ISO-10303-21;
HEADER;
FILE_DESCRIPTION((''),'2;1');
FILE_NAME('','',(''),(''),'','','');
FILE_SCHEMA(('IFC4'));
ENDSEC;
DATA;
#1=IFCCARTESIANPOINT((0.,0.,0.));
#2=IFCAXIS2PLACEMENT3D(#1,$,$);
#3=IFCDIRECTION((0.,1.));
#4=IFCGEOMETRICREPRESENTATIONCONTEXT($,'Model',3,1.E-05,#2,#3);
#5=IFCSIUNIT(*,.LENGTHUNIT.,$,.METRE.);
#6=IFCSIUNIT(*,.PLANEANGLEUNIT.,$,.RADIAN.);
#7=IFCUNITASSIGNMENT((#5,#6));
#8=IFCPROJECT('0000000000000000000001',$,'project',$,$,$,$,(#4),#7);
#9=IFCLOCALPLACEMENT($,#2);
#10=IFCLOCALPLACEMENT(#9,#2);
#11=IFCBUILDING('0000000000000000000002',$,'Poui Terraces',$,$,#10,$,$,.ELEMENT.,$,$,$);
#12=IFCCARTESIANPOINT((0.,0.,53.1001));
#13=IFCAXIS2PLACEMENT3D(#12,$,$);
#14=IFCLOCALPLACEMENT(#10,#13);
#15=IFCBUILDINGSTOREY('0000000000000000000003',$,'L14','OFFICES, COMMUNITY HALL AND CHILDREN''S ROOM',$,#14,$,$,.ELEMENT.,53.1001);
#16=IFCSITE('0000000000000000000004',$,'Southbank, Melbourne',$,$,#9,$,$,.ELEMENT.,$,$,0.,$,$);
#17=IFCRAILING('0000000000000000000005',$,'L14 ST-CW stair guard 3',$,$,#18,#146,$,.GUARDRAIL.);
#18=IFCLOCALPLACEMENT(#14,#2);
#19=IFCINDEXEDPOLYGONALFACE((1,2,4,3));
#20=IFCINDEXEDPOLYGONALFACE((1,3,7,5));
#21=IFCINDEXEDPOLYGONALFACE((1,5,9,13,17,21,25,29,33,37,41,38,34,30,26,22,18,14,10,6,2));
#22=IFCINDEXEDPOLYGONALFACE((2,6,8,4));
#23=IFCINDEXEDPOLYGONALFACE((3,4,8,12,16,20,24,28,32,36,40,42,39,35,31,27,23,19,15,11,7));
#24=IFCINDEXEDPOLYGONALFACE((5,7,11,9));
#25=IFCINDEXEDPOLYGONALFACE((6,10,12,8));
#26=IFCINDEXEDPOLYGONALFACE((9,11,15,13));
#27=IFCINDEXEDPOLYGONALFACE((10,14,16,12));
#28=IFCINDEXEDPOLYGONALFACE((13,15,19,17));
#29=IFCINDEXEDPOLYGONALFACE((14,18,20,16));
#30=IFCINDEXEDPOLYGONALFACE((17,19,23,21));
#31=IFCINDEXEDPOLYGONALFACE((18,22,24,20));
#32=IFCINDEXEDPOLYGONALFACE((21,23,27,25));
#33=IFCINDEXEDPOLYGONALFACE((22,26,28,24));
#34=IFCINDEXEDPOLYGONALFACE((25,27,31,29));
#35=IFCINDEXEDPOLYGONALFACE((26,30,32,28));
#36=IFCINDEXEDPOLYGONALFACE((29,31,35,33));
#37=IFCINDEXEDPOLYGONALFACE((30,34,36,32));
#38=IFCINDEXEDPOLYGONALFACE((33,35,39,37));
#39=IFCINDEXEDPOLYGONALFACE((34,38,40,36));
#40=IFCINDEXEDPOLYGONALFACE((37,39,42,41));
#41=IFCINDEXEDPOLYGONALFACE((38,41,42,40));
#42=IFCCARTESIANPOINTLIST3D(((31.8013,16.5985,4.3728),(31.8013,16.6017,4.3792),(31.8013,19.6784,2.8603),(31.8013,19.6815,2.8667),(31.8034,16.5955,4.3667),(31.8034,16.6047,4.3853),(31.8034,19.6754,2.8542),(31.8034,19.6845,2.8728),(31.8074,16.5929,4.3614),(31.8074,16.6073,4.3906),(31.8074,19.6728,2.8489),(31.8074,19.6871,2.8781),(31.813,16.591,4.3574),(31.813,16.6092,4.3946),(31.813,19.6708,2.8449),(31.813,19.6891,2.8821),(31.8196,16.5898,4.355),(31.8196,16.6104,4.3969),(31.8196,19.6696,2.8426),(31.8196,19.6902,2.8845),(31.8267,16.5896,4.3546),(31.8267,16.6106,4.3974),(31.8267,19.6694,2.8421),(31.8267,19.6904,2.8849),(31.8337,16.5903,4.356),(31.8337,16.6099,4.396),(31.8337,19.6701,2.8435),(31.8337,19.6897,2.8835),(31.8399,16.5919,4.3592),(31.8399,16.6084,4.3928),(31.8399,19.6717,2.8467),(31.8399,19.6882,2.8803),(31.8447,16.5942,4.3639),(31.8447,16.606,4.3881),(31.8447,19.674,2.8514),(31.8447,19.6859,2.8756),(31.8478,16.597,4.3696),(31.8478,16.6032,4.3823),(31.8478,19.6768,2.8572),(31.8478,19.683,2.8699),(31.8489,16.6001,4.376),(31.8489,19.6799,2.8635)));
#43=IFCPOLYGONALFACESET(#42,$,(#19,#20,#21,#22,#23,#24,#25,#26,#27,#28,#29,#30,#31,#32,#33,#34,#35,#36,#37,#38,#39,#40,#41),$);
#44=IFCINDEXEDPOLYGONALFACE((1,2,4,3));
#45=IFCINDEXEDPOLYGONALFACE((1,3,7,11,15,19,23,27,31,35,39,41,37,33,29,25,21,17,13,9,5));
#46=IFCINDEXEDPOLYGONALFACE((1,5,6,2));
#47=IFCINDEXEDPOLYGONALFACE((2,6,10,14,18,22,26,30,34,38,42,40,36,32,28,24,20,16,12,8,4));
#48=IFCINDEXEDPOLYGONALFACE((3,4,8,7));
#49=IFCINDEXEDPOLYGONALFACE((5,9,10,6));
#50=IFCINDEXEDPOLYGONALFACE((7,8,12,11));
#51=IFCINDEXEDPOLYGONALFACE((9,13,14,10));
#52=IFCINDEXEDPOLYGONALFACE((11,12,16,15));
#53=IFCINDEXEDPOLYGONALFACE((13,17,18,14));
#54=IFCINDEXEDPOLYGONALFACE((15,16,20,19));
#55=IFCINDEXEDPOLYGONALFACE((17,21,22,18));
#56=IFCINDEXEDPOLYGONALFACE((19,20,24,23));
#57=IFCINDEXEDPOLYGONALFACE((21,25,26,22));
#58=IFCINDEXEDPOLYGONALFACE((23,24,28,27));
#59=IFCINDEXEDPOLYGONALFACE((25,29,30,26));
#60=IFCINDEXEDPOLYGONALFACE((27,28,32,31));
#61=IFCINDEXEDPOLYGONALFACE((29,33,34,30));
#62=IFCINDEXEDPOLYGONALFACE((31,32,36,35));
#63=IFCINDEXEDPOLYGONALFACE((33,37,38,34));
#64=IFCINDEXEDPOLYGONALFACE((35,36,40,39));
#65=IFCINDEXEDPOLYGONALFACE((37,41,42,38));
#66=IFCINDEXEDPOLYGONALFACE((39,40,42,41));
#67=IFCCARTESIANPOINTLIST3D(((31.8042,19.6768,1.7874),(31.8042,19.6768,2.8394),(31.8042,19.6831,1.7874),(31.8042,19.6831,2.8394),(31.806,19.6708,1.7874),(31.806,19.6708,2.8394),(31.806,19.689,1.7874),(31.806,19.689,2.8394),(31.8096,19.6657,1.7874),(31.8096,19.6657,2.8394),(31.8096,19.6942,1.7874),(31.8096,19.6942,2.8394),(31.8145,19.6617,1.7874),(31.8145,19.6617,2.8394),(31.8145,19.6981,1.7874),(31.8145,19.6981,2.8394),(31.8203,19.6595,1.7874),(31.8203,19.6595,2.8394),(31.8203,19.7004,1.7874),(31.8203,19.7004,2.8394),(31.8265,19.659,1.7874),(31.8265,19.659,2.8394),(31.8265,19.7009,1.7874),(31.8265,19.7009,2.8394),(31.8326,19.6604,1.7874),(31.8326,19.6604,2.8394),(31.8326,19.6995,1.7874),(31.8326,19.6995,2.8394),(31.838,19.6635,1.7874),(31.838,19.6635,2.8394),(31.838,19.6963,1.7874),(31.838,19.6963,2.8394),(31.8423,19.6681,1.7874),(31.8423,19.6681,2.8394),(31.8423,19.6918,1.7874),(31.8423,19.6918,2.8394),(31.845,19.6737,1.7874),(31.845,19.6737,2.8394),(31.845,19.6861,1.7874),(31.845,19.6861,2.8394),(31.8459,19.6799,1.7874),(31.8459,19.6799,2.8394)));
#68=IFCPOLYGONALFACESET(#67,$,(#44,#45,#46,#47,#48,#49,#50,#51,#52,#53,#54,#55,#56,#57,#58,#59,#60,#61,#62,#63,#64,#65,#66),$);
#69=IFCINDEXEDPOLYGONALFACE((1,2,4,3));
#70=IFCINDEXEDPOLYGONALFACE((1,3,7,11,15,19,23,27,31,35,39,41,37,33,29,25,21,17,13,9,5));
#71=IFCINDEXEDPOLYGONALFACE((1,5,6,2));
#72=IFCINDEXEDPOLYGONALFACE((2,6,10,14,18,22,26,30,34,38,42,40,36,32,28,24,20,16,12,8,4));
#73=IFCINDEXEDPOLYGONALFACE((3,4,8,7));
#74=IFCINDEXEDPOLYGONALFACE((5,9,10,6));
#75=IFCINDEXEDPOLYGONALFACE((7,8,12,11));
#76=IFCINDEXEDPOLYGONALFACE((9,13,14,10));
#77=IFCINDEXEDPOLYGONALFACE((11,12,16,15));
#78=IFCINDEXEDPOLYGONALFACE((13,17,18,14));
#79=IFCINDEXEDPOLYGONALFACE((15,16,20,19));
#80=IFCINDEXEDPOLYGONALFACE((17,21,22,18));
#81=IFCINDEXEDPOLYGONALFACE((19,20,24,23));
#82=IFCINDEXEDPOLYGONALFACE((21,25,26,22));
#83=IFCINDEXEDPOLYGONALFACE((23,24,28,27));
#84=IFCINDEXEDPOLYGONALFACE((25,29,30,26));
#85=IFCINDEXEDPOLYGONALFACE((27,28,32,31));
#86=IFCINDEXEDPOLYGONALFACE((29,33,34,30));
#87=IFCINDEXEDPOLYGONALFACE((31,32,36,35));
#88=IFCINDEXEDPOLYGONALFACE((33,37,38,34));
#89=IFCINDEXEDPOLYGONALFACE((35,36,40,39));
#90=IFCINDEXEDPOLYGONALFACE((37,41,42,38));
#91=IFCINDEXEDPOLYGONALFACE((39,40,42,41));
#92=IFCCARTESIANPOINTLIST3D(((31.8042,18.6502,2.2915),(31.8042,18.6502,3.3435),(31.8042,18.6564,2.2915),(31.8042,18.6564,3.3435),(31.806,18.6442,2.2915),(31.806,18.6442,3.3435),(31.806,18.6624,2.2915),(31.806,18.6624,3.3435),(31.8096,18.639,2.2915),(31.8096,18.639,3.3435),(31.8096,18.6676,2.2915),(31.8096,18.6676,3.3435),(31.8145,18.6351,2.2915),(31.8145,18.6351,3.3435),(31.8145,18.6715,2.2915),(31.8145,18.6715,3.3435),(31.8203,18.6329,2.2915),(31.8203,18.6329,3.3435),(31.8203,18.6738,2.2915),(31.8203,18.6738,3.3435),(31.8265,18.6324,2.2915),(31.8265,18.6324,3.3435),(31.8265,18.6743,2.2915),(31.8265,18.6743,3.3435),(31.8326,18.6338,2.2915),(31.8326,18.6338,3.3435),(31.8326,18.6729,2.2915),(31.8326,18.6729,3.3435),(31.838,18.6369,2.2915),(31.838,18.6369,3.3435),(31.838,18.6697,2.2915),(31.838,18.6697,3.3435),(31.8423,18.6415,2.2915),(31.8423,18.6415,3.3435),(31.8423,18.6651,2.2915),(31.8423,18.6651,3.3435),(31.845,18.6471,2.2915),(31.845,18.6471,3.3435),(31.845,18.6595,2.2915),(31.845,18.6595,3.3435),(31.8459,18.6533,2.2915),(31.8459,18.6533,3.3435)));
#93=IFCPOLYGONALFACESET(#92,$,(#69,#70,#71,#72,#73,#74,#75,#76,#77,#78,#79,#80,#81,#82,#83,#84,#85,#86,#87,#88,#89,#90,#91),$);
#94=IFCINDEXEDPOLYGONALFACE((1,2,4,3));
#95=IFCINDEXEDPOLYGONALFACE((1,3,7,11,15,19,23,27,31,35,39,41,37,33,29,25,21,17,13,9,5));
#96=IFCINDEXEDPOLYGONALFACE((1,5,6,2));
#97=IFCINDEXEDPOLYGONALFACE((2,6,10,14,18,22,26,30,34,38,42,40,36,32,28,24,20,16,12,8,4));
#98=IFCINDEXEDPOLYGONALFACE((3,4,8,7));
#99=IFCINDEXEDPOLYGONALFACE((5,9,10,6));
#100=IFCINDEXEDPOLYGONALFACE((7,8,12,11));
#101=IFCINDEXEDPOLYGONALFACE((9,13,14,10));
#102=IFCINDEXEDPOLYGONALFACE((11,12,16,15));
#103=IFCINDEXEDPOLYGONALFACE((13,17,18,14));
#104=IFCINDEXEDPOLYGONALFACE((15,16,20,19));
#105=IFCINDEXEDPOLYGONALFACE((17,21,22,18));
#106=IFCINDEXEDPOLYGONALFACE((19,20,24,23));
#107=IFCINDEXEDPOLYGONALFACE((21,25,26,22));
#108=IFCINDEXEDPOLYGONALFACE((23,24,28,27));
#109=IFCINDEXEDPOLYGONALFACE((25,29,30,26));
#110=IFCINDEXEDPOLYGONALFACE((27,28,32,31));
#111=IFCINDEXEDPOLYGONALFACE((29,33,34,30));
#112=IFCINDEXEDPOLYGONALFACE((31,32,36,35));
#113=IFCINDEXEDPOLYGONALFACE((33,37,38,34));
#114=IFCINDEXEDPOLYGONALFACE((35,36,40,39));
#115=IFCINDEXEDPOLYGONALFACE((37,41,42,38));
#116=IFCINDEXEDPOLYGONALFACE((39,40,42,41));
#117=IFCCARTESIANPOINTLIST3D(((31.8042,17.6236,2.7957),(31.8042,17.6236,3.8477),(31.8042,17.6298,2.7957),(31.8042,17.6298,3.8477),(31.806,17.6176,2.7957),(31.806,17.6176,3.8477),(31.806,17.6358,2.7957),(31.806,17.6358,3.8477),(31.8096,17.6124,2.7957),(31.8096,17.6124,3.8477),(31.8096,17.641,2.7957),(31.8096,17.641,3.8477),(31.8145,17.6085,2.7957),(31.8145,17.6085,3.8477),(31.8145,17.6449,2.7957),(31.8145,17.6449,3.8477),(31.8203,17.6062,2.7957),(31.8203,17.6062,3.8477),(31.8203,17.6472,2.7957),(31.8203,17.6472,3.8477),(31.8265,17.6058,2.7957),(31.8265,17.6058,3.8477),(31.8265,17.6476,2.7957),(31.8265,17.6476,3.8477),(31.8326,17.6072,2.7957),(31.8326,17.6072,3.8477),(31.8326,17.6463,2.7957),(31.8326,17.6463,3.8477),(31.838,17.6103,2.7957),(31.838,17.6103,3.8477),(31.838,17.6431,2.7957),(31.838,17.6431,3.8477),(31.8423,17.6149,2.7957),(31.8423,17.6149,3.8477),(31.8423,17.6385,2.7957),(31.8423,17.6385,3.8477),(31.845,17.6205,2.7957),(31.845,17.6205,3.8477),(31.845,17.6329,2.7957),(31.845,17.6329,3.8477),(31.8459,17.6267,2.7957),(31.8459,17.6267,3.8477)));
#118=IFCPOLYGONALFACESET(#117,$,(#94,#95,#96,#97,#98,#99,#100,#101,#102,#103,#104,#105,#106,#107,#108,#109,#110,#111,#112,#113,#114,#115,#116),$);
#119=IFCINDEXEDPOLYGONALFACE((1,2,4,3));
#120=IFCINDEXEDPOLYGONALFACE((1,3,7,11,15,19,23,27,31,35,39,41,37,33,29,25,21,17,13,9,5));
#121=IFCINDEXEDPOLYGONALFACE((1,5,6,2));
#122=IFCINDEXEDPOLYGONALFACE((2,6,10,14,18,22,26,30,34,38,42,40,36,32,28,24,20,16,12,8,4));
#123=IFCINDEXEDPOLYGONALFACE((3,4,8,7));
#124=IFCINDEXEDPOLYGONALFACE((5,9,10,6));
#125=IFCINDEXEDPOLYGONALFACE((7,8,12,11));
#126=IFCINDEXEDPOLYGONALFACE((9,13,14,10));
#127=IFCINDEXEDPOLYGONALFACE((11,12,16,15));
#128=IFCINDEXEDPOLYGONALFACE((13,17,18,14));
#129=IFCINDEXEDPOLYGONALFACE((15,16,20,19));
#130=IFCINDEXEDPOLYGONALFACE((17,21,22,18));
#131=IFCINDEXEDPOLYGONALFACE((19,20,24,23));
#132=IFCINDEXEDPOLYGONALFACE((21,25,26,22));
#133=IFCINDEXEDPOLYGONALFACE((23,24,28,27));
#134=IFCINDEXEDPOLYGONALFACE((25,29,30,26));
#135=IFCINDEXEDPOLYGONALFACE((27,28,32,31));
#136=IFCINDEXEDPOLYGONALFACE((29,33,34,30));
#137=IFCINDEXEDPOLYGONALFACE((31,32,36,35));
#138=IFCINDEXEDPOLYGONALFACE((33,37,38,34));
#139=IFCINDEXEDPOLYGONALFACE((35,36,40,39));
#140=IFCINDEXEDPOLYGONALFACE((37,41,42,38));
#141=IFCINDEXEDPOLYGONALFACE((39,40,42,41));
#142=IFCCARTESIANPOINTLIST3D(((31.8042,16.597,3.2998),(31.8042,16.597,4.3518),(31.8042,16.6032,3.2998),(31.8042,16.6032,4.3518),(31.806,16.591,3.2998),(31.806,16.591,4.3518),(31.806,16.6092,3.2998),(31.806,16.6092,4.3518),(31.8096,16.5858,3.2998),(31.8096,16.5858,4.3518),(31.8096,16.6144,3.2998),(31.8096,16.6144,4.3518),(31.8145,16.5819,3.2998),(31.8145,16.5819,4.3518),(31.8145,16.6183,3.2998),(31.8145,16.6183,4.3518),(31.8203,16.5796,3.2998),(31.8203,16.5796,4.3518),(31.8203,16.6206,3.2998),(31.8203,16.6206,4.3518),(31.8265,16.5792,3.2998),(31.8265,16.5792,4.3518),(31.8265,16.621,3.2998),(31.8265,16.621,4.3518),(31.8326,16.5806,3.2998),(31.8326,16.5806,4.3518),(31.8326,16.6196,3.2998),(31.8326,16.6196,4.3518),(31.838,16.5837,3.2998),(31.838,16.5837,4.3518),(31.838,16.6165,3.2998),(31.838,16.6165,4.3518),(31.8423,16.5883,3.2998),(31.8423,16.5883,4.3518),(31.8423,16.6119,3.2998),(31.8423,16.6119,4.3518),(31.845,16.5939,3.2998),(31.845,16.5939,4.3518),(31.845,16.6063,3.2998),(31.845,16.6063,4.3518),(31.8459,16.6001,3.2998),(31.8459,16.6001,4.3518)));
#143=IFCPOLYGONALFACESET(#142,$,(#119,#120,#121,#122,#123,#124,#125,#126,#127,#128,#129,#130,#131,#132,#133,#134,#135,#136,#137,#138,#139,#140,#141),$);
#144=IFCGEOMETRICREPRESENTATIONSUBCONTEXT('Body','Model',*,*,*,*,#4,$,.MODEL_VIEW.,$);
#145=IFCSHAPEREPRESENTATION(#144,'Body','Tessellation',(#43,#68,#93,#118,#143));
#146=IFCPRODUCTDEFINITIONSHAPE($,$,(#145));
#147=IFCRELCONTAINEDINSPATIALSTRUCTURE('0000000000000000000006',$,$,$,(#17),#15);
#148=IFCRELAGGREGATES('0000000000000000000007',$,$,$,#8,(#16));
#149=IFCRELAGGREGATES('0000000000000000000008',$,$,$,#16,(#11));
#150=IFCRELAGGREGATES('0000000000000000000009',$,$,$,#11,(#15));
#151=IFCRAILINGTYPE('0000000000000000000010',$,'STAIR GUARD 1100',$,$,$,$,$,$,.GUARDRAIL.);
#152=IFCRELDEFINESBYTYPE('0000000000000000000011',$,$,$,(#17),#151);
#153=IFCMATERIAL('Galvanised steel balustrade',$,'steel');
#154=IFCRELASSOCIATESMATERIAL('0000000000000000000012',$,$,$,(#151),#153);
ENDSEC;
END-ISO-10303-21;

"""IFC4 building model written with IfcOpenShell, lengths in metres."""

from ifc_helpers import new_model, si_unit, direction, frame, origin, origin_2d, place, context, subcontext, project, spatial, circle, extrude, material, type_object, element, save


model = new_model("IFC4")

# Units and contexts
model_context = context("Model", 3, precision=1e-05, world=origin(), true_north=direction((0.0, 1.0)))
body_context = subcontext(model_context, "Body", "Model", "MODEL_VIEW")
ifc_project = project(units=[si_unit("LENGTHUNIT", "METRE"), si_unit("PLANEANGLEUNIT", "RADIAN")], contexts=[model_context])

# Site, building, storey
site_placement = place(None, origin())
site = spatial("IfcSite", under=ifc_project, at=site_placement, Name="Southbank, Melbourne", CompositionType="ELEMENT", RefElevation=0.0)
building_placement = place(site_placement, origin())
building = spatial("IfcBuilding", under=site, at=building_placement, Name="Poui Terraces", CompositionType="ELEMENT")
storey_placement = place(building_placement, frame((0.0, 0.0, 53.1001)))
storey = spatial("IfcBuildingStorey", under=building, at=storey_placement, Name="L14", Description="OFFICES, COMMUNITY HALL AND CHILDREN'S ROOM", CompositionType="ELEMENT", Elevation=53.1001)

# Railing
ifc_material_1 = material(Name="Galvanised steel balustrade", Category="steel")
railing_type = type_object("IfcRailingType", Name="STAIR GUARD 1100", PredefinedType="GUARDRAIL", material=ifc_material_1)
railing_1_placement = place(storey_placement, frame((31.825, 19.6799, 1.7874)))
element("IfcRailing", 1, at=railing_1_placement, inside=storey, type_object=railing_type, Name="L14 ST-CW stair guard 3", PredefinedType="GUARDRAIL", context=body_context, shape_type="SweptSolid", body=[
    extrude(circle(Radius=0.0239, at=origin_2d()), frame((0.0, 0.0, 1.0762), z_axis=(0.0, -0.897606, 0.440798), x_axis=(1.0, 0.0, 0.0)), (0.0, 0.0, 1.0), 3.4312),
    extrude(circle(Radius=0.021, at=origin_2d()), origin(), (0.0, 0.0, 1.0), 1.052),
    extrude(circle(Radius=0.021, at=origin_2d()), frame((0.0, -1.0266, 0.5042)), (0.0, 0.0, 1.0), 1.052),
    extrude(circle(Radius=0.021, at=origin_2d()), frame((0.0, -2.0532, 1.0083)), (0.0, 0.0, 1.0), 1.052),
    extrude(circle(Radius=0.021, at=origin_2d()), frame((0.0, -3.0798, 1.5125)), (0.0, 0.0, 1.0), 1.052),
])

save(model, "model.ifc")
